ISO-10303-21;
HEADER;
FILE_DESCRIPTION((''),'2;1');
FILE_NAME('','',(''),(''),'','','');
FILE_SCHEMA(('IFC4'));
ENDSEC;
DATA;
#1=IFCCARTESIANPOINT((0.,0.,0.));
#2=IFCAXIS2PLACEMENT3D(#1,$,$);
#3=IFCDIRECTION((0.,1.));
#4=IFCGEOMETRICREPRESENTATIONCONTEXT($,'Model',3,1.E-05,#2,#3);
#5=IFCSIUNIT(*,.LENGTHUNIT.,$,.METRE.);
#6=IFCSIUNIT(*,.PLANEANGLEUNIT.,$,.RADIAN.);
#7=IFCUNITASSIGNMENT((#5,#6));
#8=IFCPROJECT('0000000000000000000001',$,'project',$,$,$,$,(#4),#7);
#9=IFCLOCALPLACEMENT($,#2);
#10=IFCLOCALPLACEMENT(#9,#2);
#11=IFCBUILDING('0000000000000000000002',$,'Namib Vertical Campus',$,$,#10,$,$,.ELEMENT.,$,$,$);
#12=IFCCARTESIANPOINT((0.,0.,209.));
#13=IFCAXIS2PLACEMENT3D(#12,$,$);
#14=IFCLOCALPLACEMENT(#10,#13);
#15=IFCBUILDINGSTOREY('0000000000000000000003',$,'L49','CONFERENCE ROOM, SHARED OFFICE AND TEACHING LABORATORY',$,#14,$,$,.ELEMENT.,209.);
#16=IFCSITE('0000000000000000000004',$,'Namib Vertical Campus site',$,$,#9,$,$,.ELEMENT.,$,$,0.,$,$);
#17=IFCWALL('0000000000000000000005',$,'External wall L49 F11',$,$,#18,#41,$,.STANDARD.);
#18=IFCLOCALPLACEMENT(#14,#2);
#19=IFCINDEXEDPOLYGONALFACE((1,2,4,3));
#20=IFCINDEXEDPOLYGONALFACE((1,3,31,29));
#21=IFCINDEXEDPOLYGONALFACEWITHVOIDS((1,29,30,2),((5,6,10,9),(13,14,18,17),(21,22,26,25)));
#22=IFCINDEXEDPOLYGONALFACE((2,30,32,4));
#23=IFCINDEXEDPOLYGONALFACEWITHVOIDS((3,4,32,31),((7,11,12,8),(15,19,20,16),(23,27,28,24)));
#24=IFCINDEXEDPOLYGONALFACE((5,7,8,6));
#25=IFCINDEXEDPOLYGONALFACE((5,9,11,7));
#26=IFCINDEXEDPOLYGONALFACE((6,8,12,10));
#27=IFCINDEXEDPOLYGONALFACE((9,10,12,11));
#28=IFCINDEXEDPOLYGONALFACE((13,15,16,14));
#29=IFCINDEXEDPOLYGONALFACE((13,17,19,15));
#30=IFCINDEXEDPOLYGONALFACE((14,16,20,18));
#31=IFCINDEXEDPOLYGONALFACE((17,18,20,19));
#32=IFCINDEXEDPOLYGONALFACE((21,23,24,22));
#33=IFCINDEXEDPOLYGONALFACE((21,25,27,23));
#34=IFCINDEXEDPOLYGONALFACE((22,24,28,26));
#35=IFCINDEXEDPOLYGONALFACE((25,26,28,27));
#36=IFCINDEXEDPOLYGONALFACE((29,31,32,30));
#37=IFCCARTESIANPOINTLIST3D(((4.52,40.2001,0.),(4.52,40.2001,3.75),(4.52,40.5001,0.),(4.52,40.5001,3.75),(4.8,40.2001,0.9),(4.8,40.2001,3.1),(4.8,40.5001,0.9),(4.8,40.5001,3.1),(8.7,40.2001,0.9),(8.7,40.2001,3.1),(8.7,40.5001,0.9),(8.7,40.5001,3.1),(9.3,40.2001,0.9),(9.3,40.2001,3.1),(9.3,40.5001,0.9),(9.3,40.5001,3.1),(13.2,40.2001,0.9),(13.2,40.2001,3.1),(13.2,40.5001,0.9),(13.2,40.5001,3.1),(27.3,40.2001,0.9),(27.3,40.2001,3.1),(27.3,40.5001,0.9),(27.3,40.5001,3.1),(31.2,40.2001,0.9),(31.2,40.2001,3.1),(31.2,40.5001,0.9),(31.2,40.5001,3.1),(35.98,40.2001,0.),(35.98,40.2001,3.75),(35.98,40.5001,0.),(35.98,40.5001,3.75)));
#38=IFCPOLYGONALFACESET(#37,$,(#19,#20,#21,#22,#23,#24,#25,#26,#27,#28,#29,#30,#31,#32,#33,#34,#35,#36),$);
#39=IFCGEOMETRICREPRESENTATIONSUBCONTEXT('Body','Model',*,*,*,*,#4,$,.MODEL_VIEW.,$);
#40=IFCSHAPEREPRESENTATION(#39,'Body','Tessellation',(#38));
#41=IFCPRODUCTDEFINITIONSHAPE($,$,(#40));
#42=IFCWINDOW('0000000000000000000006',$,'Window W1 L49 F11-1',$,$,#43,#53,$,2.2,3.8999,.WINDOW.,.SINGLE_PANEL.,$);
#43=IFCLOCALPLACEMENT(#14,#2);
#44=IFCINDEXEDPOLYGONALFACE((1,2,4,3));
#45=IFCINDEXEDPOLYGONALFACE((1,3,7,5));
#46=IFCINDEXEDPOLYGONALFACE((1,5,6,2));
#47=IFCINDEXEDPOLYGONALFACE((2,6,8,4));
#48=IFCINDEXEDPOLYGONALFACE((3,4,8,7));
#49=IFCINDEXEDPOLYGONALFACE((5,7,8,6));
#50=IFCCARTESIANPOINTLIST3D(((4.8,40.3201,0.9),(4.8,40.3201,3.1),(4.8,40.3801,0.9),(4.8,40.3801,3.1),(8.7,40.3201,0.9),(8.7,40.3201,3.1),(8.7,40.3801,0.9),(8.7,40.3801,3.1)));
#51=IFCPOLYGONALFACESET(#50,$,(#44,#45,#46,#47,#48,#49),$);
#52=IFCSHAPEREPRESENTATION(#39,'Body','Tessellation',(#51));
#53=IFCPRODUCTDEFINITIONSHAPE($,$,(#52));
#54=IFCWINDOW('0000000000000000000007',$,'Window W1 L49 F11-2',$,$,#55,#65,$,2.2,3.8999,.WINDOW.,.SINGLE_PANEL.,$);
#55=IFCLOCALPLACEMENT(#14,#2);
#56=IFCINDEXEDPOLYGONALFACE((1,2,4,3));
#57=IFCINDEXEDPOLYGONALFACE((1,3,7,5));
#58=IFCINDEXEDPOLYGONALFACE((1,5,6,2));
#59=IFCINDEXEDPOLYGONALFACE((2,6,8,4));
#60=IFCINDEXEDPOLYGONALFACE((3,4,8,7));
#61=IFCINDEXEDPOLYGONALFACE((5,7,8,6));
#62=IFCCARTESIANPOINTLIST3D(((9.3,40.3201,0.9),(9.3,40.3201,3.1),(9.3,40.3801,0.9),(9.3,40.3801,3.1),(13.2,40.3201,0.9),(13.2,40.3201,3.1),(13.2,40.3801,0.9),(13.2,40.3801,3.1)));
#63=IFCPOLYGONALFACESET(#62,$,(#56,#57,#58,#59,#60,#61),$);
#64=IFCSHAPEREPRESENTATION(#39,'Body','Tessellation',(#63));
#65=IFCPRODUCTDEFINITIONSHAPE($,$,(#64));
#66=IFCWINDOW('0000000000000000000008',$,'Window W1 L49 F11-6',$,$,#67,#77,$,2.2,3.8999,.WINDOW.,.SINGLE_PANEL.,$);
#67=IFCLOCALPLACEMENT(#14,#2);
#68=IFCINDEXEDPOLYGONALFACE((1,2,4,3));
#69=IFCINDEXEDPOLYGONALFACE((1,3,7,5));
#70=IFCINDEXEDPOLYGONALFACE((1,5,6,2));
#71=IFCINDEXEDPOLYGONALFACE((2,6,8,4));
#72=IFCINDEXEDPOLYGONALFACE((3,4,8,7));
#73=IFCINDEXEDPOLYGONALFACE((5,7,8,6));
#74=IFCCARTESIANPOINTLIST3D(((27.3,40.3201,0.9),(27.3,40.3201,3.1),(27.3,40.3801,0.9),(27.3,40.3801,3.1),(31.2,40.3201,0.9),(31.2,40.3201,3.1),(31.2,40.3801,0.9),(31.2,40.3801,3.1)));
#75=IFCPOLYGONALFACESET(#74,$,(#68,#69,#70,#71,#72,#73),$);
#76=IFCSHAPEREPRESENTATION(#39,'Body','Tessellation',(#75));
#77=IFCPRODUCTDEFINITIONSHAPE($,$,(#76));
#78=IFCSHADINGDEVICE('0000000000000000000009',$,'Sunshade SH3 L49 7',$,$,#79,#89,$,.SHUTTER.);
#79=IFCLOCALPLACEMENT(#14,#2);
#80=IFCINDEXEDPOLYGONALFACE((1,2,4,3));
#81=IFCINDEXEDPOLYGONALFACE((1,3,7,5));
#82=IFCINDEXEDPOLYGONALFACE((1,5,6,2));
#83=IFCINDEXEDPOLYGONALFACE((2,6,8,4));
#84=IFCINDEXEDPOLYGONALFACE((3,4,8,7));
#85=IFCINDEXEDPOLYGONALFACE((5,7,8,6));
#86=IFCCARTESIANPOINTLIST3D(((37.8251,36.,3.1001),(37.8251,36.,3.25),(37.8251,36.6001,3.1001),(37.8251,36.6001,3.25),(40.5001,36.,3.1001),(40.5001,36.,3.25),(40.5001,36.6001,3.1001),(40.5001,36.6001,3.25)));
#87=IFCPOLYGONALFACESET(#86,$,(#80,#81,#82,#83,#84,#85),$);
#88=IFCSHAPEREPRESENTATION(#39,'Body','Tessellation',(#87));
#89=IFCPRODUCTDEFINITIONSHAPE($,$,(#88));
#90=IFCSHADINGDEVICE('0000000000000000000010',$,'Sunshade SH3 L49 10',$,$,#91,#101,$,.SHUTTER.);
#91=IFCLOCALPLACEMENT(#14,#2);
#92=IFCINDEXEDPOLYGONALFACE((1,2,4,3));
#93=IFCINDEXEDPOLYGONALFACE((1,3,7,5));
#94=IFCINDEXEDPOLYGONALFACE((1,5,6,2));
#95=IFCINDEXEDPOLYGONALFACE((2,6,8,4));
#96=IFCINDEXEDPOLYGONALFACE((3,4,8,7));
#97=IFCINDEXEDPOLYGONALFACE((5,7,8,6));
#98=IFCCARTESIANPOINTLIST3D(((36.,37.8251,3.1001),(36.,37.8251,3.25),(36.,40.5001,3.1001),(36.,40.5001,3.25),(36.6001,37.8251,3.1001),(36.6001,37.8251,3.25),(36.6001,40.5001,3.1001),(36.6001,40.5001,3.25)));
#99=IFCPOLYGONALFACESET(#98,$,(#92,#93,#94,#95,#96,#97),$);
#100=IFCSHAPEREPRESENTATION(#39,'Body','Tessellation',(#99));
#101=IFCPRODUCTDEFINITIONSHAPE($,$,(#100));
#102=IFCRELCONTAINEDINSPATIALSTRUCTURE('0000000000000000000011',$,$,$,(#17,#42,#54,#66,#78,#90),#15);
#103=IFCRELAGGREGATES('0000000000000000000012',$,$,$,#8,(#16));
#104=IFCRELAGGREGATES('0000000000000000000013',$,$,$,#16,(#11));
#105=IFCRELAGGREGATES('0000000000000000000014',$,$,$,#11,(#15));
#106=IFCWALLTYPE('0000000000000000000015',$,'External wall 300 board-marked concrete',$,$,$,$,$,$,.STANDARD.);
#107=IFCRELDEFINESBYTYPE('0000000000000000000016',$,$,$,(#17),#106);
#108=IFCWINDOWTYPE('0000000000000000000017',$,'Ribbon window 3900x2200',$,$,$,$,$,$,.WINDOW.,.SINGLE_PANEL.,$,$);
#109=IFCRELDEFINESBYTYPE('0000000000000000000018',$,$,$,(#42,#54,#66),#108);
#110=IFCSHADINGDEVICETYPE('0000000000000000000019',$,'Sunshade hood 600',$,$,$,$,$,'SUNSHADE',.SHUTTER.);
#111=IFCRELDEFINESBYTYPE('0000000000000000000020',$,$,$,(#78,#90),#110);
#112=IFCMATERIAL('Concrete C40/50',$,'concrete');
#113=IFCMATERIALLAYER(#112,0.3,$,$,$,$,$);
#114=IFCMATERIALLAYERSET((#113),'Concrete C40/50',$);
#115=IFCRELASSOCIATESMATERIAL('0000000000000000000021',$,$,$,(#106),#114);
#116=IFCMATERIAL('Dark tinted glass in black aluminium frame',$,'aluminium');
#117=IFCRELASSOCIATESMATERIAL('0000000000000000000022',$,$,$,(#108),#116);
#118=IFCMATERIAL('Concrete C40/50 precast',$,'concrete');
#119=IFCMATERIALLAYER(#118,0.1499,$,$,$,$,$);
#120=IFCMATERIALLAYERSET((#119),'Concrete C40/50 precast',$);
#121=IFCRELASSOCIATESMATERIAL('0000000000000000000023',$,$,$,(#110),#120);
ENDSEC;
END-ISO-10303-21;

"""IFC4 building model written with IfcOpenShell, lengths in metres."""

from ifc_helpers import new_model, si_unit, direction, frame, frame_2d, origin, origin_2d, place, context, subcontext, project, spatial, rectangle, extrude, material, layer, layer_set, type_object, element, fill, save


model = new_model("IFC4")

# Units and contexts
model_context = context("Model", 3, precision=1e-05, world=origin(), true_north=direction((0.0, 1.0)))
body_context = subcontext(model_context, "Body", "Model", "MODEL_VIEW")
ifc_project = project(units=[si_unit("LENGTHUNIT", "METRE"), si_unit("PLANEANGLEUNIT", "RADIAN")], contexts=[model_context])

# Site, building, storey
site_placement = place(None, origin())
site = spatial("IfcSite", under=ifc_project, at=site_placement, Name="Namib Vertical Campus site", CompositionType="ELEMENT", RefElevation=0.0)
building_placement = place(site_placement, origin())
building = spatial("IfcBuilding", under=site, at=building_placement, Name="Namib Vertical Campus", CompositionType="ELEMENT")
storey_placement = place(building_placement, frame((0.0, 0.0, 209.0)))
storey = spatial("IfcBuildingStorey", under=building, at=storey_placement, Name="L49", Description="CONFERENCE ROOM, SHARED OFFICE AND TEACHING LABORATORY", CompositionType="ELEMENT", Elevation=209.0)

# Shared definitions
ifc_material_1 = material(Name="Concrete C40/50", Category="concrete")
ifc_layer_1 = layer(ifc_material_1, 0.3)
ifc_layer_set_1 = layer_set([ifc_layer_1], Name="Concrete C40/50")
wall_type_1 = type_object("IfcWallType", Name="External wall 300 board-marked concrete", PredefinedType="STANDARD", material=ifc_layer_set_1)

# Wall, openings, windows
wall_1_placement = place(storey_placement, frame((35.98, 40.3501, 0.0), z_axis=(0.0, 0.0, 1.0), x_axis=(-1.0, 0.0, 0.0)))
wall_1 = element("IfcWall", 1, at=wall_1_placement, inside=storey, type_object=wall_type_1, Name="External wall L49 F11", PredefinedType="STANDARD", context=body_context, shape_type="SweptSolid", body=[
    extrude(rectangle(XDim=31.46, YDim=0.3, at=frame_2d((15.73, 0.0))), origin(), (0.0, 0.0, 1.0), 3.75),
])
opening_1_placement = place(wall_1_placement, frame((27.28, 0.0, 0.8999)))
opening_1 = element("IfcOpeningElement", 2, at=opening_1_placement, cuts=wall_1, PredefinedType="OPENING", context=body_context, shape_type="SweptSolid", body=[
    extrude(rectangle(XDim=3.8999, YDim=2.2, at=frame_2d((1.95, 1.1001))), frame((0.0, 0.1599, 0.0), z_axis=(0.0, -1.0, 0.0), x_axis=(1.0, 0.0, 0.0)), (0.0, 0.0, 1.0), 0.3201),
])
opening_2_placement = place(wall_1_placement, frame((22.78, 0.0, 0.8999)))
opening_2 = element("IfcOpeningElement", 3, at=opening_2_placement, cuts=wall_1, PredefinedType="OPENING", context=body_context, shape_type="SweptSolid", body=[
    extrude(rectangle(XDim=3.8999, YDim=2.2, at=frame_2d((1.95, 1.1001))), frame((0.0, 0.1599, 0.0), z_axis=(0.0, -1.0, 0.0), x_axis=(1.0, 0.0, 0.0)), (0.0, 0.0, 1.0), 0.3201),
])
opening_3_placement = place(wall_1_placement, frame((4.78, 0.0, 0.8999)))
opening_3 = element("IfcOpeningElement", 4, at=opening_3_placement, cuts=wall_1, PredefinedType="OPENING", context=body_context, shape_type="SweptSolid", body=[
    extrude(rectangle(XDim=3.8999, YDim=2.2, at=frame_2d((1.95, 1.1001))), frame((0.0, 0.1599, 0.0), z_axis=(0.0, -1.0, 0.0), x_axis=(1.0, 0.0, 0.0)), (0.0, 0.0, 1.0), 0.3201),
])
ifc_material_2 = material(Name="Dark tinted glass in black aluminium frame", Category="aluminium")
window_type = type_object("IfcWindowType", Name="Ribbon window 3900x2200", PartitioningType="SINGLE_PANEL", PredefinedType="WINDOW", material=ifc_material_2)
window_1_placement = place(opening_1_placement, origin())
window_1 = element("IfcWindow", 5, at=window_1_placement, inside=storey, type_object=window_type, Name="Window W1 L49 F11-1", OverallHeight=2.2, OverallWidth=3.8999, PartitioningType="SINGLE_PANEL", PredefinedType="WINDOW", context=body_context, shape_type="SweptSolid", body=[
    extrude(rectangle(XDim=3.8999, YDim=2.2, at=frame_2d((1.95, 1.1001))), frame((0.0, 0.03, 0.0), z_axis=(0.0, -1.0, 0.0), x_axis=(1.0, 0.0, 0.0)), (0.0, 0.0, 1.0), 0.0601),
])
fill(opening_1, window_1)
window_2_placement = place(opening_2_placement, origin())
window_2 = element("IfcWindow", 6, at=window_2_placement, inside=storey, type_object=window_type, Name="Window W1 L49 F11-2", OverallHeight=2.2, OverallWidth=3.8999, PartitioningType="SINGLE_PANEL", PredefinedType="WINDOW", context=body_context, shape_type="SweptSolid", body=[
    extrude(rectangle(XDim=3.8999, YDim=2.2, at=frame_2d((1.95, 1.1001))), frame((0.0, 0.03, 0.0), z_axis=(0.0, -1.0, 0.0), x_axis=(1.0, 0.0, 0.0)), (0.0, 0.0, 1.0), 0.0601),
])
fill(opening_2, window_2)
window_3_placement = place(opening_3_placement, origin())
window_3 = element("IfcWindow", 7, at=window_3_placement, inside=storey, type_object=window_type, Name="Window W1 L49 F11-6", OverallHeight=2.2, OverallWidth=3.8999, PartitioningType="SINGLE_PANEL", PredefinedType="WINDOW", context=body_context, shape_type="SweptSolid", body=[
    extrude(rectangle(XDim=3.8999, YDim=2.2, at=frame_2d((1.95, 1.1001))), frame((0.0, 0.03, 0.0), z_axis=(0.0, -1.0, 0.0), x_axis=(1.0, 0.0, 0.0)), (0.0, 0.0, 1.0), 0.0601),
])
fill(opening_3, window_3)

# Shading devices
ifc_material_3 = material(Name="Concrete C40/50 precast", Category="concrete")
ifc_layer_2 = layer(ifc_material_3, 0.1499)
ifc_layer_set_2 = layer_set([ifc_layer_2], Name="Concrete C40/50 precast")
shading_device_type = type_object("IfcShadingDeviceType", Name="Sunshade hood 600", ElementType="SUNSHADE", PredefinedType="SHUTTER", material=ifc_layer_set_2)
for number, where, z_axis, x_axis, name in (
    (8, (39.1626, 36.3, 3.1001), (0.0, 0.0, 1.0), (-1.0, 0.0, 0.0), "Sunshade SH3 L49 7"),
    (9, (36.3, 39.1626, 3.1001), (0.0, 0.0, 1.0), (0.0, 1.0, 0.0), "Sunshade SH3 L49 10"),
):
    element("IfcShadingDevice", number, at=place(storey_placement, frame(where, z_axis=z_axis, x_axis=x_axis)), inside=storey, type_object=shading_device_type, Name=name, PredefinedType="SHUTTER", context=body_context, shape_type="SweptSolid", body=[
        extrude(rectangle(XDim=2.675, YDim=0.6001, at=origin_2d()), origin(), (0.0, 0.0, 1.0), 0.1499),
    ])

save(model, "model.ifc")
